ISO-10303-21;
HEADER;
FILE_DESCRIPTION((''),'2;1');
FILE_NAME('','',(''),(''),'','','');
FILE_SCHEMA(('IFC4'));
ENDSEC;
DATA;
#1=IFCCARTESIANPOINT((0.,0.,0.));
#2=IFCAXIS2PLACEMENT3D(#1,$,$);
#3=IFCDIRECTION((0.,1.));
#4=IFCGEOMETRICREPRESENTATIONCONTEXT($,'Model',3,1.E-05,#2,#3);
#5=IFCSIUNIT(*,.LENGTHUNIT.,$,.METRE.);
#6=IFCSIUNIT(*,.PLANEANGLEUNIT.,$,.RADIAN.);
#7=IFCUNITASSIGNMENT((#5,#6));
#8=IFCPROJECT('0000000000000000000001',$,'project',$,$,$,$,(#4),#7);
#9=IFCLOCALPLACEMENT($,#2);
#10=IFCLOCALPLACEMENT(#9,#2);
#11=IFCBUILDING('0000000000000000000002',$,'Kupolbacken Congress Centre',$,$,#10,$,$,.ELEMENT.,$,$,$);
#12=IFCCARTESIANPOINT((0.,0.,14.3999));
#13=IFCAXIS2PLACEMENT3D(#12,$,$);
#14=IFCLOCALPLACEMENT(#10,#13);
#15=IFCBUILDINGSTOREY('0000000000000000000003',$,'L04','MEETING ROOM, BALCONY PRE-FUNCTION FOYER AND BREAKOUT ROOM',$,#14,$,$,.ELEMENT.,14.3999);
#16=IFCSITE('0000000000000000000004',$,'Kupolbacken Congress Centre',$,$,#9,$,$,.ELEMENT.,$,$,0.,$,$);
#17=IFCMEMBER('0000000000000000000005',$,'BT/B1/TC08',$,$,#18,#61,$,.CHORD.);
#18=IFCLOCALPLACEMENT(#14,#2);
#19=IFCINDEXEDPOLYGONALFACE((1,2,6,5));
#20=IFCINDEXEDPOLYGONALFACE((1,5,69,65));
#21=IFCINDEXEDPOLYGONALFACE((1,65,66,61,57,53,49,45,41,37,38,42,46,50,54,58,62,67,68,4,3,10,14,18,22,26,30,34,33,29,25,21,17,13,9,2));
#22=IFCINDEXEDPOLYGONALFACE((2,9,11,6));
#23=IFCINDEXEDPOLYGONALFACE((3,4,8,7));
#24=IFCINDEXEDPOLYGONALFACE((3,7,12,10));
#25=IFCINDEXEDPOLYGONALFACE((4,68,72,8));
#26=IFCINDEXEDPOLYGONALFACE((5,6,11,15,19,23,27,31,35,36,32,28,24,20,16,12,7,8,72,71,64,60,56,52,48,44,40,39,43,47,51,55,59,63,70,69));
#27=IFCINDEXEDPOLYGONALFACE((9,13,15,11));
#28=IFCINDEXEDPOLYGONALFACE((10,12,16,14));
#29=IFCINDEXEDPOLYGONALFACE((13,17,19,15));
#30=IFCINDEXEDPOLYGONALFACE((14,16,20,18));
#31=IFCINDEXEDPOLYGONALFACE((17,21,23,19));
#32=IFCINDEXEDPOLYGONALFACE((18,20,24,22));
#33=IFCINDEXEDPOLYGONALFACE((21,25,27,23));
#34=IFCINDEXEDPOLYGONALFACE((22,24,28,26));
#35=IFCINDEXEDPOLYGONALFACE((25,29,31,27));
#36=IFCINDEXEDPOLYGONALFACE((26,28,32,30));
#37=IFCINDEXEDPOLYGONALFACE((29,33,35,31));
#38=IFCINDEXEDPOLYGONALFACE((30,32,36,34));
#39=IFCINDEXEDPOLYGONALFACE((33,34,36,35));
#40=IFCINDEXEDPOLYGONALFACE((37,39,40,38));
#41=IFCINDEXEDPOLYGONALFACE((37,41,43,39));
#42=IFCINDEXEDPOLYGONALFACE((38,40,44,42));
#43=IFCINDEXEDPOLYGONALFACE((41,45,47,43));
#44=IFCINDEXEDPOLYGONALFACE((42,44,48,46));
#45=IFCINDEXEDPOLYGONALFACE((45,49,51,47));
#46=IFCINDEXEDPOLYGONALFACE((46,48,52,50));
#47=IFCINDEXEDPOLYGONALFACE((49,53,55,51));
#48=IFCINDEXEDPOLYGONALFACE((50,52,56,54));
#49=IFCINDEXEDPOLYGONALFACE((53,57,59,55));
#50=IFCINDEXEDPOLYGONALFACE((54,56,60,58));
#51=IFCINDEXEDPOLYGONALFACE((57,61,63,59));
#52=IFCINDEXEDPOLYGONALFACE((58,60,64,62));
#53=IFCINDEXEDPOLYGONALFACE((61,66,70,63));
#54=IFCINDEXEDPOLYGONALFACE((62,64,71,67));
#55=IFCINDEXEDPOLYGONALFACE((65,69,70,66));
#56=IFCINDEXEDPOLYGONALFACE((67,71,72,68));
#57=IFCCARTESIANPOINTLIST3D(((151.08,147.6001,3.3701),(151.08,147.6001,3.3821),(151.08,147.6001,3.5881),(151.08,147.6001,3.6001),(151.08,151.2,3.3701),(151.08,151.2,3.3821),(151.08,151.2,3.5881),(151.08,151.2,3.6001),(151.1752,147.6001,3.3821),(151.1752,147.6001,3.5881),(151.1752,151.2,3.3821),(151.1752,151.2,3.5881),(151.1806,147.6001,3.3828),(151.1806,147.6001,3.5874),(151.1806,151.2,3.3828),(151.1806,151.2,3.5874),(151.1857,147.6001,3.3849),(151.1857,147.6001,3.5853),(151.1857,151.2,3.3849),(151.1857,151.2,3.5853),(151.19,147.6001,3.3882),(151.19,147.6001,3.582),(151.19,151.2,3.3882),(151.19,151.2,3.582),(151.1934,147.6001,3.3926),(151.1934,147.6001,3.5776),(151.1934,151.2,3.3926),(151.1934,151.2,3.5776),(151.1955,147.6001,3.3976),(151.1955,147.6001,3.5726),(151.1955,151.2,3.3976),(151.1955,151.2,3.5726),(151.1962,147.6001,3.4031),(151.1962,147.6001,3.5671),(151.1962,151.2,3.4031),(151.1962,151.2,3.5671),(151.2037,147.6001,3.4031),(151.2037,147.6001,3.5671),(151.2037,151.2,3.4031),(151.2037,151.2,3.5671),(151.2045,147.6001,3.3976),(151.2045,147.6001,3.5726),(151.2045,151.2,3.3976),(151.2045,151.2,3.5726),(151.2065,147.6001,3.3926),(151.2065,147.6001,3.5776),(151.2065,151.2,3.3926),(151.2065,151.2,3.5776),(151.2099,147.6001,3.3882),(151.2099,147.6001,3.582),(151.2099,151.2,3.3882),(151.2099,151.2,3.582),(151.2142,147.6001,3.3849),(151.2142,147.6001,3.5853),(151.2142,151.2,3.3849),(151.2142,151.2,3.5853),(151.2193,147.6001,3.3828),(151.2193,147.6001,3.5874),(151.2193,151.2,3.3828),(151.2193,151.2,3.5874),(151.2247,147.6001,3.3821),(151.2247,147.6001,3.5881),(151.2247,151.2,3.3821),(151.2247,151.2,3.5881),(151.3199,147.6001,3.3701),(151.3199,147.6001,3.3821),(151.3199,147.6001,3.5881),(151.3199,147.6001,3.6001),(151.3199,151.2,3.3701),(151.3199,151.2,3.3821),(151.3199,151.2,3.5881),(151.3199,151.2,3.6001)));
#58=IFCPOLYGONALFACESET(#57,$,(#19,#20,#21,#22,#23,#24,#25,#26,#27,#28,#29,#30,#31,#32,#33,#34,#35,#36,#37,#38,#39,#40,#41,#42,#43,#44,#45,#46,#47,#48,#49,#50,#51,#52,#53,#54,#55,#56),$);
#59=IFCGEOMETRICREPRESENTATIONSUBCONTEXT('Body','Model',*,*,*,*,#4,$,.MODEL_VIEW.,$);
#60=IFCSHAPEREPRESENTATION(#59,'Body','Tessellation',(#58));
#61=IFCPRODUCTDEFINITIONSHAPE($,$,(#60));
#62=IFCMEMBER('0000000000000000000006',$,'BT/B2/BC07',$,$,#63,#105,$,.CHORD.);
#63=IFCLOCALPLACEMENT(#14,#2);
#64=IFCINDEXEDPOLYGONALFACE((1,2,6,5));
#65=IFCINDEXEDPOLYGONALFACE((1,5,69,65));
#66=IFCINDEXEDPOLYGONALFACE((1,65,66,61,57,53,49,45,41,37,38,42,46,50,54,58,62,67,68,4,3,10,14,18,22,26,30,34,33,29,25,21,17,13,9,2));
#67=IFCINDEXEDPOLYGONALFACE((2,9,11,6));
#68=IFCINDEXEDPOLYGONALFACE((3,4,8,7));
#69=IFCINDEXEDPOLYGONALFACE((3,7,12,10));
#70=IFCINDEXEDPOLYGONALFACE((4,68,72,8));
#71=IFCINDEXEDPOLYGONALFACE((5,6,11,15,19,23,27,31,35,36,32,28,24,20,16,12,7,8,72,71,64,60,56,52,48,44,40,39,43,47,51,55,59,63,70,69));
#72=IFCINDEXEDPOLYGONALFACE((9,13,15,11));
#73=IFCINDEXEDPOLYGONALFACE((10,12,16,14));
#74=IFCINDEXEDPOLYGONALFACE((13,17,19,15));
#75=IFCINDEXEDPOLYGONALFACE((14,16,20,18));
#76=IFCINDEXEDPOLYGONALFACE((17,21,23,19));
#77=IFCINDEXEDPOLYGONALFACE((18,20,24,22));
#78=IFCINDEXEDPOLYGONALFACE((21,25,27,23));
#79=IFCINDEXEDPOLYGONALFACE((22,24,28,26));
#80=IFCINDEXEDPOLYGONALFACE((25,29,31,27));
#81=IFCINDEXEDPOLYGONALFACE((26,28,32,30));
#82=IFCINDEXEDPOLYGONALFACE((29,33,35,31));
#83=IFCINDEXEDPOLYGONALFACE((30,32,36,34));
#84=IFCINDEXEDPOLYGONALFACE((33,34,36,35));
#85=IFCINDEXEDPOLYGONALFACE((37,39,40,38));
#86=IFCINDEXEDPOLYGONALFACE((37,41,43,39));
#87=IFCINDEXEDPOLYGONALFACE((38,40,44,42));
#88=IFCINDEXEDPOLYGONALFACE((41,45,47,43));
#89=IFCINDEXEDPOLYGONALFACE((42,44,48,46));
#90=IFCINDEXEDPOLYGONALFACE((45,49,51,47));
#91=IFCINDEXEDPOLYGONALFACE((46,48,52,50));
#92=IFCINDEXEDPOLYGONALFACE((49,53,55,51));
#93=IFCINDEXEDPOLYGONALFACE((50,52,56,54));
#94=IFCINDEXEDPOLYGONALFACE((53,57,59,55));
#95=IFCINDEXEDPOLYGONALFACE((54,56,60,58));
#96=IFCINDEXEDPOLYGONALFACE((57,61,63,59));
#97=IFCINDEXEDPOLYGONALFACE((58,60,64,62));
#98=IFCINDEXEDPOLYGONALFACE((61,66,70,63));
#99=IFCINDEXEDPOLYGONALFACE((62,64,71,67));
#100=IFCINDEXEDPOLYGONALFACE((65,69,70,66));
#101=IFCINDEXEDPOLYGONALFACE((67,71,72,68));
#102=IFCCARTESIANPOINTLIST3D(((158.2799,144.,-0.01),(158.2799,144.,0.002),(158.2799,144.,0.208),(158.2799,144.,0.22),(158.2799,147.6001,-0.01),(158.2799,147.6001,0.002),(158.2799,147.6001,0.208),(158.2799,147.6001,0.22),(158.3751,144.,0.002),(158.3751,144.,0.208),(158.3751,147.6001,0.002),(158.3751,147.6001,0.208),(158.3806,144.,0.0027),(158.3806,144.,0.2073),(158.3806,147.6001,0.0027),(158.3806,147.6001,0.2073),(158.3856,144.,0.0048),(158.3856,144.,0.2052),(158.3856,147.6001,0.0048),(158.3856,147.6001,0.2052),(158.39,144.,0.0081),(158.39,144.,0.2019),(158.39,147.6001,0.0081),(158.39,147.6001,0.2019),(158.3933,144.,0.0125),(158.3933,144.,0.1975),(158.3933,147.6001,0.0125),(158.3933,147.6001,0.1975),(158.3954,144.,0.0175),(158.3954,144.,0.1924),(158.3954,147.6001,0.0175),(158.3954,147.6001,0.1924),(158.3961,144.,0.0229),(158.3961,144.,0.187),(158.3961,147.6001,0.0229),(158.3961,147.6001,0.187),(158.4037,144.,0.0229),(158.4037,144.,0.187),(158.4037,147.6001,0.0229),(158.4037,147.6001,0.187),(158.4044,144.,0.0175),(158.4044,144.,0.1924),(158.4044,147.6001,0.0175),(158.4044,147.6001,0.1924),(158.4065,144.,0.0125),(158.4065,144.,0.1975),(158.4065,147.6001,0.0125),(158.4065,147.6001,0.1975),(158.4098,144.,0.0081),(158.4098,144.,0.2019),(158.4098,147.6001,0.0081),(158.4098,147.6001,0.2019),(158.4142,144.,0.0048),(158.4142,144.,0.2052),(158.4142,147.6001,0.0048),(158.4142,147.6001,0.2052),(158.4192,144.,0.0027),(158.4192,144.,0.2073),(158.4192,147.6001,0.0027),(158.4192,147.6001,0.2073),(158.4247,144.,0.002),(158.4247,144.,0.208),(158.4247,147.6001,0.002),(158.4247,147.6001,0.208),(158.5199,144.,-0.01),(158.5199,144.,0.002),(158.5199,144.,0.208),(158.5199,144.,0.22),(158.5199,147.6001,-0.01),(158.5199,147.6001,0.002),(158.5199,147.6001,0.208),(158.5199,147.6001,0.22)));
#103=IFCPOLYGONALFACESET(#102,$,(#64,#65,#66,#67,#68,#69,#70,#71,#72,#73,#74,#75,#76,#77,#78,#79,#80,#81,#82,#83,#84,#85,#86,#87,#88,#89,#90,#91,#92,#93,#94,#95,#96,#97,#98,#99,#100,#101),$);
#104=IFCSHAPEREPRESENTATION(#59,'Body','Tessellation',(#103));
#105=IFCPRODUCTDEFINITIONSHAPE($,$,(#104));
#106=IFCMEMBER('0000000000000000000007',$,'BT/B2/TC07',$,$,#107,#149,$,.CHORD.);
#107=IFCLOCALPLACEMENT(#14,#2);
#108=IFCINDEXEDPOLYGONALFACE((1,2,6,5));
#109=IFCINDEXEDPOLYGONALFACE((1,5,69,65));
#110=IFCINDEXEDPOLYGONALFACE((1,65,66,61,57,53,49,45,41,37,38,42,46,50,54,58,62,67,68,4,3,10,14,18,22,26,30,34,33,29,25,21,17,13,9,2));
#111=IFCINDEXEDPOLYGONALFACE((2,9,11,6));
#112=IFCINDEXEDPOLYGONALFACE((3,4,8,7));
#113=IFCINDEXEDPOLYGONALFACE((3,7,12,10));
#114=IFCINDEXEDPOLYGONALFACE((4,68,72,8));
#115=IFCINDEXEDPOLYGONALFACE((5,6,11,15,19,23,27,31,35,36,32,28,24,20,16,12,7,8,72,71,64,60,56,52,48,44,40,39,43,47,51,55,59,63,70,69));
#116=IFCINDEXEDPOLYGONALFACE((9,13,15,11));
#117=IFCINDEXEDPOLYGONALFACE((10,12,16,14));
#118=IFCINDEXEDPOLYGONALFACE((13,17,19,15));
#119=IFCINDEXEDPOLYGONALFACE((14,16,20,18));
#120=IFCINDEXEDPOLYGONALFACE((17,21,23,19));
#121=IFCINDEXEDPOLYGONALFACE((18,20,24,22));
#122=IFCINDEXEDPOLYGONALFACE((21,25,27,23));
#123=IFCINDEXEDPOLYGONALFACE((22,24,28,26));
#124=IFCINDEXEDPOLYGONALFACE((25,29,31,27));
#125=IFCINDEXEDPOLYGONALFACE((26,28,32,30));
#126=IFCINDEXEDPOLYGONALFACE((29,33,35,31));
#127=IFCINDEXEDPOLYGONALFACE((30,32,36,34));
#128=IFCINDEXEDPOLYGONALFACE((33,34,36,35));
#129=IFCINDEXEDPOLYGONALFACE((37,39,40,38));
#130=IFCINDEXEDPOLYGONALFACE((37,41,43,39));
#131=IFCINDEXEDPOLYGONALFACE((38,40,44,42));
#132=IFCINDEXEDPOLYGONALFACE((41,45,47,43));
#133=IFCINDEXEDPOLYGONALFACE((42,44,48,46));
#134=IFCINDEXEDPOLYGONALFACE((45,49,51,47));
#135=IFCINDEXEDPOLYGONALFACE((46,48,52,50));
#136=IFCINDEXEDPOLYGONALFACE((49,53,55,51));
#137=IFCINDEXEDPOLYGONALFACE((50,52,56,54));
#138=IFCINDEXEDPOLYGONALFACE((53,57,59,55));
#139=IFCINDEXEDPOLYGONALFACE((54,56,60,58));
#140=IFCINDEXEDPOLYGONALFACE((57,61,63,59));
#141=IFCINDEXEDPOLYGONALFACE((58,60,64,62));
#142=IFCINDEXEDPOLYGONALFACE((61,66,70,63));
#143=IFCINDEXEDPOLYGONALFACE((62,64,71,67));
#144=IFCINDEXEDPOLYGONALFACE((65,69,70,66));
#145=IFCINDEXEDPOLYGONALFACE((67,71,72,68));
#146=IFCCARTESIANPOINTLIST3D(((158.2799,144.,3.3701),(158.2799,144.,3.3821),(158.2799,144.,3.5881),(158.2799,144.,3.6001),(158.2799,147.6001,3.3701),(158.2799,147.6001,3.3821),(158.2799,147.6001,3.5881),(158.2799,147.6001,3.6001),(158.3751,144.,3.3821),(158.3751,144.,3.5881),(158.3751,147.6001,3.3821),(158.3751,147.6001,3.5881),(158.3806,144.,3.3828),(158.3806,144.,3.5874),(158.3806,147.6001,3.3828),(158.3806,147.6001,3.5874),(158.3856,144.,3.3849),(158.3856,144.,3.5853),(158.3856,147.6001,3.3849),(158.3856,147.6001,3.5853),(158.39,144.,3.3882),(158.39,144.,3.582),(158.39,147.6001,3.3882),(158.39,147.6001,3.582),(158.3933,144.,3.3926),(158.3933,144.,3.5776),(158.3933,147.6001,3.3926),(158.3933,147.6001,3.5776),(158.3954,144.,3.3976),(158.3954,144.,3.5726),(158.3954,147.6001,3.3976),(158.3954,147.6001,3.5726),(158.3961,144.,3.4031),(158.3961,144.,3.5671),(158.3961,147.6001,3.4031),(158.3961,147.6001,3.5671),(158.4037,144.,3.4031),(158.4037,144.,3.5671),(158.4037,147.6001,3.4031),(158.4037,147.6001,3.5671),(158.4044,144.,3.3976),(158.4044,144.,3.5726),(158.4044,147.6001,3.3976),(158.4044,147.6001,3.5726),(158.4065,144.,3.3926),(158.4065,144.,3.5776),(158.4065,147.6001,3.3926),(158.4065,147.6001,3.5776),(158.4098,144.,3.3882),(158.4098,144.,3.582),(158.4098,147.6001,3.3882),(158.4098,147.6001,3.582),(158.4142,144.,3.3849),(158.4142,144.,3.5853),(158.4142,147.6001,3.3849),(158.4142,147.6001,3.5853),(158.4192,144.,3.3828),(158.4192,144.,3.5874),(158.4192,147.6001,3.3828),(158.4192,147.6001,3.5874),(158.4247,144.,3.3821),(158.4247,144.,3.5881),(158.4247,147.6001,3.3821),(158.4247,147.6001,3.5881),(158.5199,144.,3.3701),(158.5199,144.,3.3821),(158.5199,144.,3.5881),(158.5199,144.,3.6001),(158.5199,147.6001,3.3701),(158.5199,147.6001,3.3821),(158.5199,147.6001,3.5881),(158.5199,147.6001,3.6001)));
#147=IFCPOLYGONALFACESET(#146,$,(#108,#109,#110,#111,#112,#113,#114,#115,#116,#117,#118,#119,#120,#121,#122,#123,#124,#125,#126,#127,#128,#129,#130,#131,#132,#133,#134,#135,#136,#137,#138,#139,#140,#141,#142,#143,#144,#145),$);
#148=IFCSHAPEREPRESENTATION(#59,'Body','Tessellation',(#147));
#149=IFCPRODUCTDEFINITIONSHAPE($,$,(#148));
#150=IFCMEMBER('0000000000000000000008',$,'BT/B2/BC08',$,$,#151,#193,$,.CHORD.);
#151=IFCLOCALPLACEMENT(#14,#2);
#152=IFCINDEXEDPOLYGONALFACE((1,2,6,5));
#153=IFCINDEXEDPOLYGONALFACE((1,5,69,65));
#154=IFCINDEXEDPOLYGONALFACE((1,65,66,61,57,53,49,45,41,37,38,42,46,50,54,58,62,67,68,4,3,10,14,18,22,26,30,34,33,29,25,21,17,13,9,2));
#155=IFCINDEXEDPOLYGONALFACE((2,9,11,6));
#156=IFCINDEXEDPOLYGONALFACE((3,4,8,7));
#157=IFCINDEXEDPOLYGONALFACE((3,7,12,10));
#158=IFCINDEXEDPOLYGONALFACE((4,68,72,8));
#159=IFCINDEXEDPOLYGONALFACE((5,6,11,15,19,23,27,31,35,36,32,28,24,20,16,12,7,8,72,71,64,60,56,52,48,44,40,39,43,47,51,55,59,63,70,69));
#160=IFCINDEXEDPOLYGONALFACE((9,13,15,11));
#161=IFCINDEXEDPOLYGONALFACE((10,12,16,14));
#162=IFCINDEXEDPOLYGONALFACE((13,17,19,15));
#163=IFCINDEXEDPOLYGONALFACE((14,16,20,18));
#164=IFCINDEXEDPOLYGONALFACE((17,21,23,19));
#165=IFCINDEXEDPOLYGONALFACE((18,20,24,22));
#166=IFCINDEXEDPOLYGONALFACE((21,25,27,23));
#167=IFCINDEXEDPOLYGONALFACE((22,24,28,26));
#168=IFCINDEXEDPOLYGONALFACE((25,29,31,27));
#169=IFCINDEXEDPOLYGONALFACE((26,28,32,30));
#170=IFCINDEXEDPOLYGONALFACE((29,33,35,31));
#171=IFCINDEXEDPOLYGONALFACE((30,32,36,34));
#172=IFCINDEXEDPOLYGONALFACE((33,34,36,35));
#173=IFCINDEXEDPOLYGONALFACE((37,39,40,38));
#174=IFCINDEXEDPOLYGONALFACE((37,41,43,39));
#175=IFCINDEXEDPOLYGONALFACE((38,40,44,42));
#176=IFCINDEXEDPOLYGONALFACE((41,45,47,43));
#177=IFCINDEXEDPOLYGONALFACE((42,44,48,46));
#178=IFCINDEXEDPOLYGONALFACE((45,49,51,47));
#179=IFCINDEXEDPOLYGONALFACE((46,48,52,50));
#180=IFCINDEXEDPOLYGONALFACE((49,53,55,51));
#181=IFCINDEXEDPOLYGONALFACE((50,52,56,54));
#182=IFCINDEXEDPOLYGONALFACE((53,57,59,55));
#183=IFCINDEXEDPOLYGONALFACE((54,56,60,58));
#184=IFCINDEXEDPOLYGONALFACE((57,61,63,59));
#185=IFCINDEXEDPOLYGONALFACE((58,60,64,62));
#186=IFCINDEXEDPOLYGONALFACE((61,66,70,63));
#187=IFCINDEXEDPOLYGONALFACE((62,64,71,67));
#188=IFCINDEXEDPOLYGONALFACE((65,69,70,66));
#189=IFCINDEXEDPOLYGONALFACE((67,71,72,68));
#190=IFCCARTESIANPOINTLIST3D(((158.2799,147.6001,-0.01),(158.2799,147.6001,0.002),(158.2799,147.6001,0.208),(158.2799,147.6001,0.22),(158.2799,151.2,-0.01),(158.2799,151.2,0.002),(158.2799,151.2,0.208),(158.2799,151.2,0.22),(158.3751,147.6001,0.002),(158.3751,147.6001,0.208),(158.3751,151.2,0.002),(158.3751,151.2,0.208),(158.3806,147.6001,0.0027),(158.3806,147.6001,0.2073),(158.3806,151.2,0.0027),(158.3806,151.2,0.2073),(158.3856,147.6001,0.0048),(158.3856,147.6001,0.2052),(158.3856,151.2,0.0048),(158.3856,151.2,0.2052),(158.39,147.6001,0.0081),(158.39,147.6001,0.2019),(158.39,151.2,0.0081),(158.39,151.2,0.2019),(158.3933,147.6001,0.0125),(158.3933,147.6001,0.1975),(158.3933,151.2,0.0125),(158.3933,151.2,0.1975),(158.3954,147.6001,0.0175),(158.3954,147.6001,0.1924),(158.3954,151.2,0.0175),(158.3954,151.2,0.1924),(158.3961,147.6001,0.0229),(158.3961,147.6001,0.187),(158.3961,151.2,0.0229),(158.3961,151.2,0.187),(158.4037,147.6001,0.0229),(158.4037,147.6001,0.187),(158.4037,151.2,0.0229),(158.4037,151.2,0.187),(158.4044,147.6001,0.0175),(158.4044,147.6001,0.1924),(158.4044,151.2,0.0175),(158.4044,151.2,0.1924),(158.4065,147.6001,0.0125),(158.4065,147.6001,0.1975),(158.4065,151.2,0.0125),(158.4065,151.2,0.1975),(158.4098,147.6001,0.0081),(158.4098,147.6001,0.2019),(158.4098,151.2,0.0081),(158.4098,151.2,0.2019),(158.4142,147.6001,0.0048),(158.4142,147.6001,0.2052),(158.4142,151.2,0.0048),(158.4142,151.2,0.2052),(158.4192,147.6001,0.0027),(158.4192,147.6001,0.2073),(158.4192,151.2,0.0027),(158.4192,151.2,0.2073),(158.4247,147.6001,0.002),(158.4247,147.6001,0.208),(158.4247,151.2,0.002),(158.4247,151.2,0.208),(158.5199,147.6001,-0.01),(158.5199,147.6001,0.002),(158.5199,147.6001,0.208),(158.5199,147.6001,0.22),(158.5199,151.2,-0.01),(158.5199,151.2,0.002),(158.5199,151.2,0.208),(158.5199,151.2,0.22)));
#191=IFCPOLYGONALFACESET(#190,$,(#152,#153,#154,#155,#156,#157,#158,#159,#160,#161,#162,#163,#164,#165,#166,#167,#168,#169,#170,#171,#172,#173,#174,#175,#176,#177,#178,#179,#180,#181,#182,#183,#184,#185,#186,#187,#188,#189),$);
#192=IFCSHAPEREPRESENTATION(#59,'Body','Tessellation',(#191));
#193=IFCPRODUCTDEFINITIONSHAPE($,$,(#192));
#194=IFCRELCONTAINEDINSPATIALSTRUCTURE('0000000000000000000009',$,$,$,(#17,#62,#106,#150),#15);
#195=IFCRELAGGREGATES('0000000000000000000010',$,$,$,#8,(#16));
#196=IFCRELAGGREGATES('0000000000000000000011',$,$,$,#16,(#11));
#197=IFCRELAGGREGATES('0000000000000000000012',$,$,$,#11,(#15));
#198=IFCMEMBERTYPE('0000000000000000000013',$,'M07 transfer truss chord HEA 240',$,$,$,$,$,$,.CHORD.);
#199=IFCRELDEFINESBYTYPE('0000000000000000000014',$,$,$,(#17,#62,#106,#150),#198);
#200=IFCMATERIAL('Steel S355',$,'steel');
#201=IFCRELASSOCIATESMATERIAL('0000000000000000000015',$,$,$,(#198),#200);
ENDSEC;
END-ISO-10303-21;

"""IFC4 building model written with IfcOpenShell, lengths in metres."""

from ifc_helpers import new_model, si_unit, direction, frame, origin, origin_2d, place, context, subcontext, project, spatial, i_section, extrude, material, material_profile, profile_set, type_object, element, save


model = new_model("IFC4")

# Units and contexts
model_context = context("Model", 3, precision=1e-05, world=origin(), true_north=direction((0.0, 1.0)))
body_context = subcontext(model_context, "Body", "Model", "MODEL_VIEW")
ifc_project = project(units=[si_unit("LENGTHUNIT", "METRE"), si_unit("PLANEANGLEUNIT", "RADIAN")], contexts=[model_context])

# Site, building, storey
site_placement = place(None, origin())
site = spatial("IfcSite", under=ifc_project, at=site_placement, Name="Kupolbacken Congress Centre", CompositionType="ELEMENT", RefElevation=0.0)
building_placement = place(site_placement, origin())
building = spatial("IfcBuilding", under=site, at=building_placement, Name="Kupolbacken Congress Centre", CompositionType="ELEMENT")
storey_placement = place(building_placement, frame((0.0, 0.0, 14.3999)))
storey = spatial("IfcBuildingStorey", under=building, at=storey_placement, Name="L04", Description="MEETING ROOM, BALCONY PRE-FUNCTION FOYER AND BREAKOUT ROOM", CompositionType="ELEMENT", Elevation=14.3999)

# Members
ifc_material_1 = material(Name="Steel S355", Category="steel")
ifc_material_profile_1 = material_profile(ifc_material_1, i_section(OverallWidth=0.24, OverallDepth=0.23, WebThickness=0.0076, FlangeThickness=0.012, FilletRadius=0.021, at=origin_2d()), Name="HEA 240")
ifc_profile_set_1 = profile_set([ifc_material_profile_1], Name="Steel S355")
member_type_1 = type_object("IfcMemberType", Name="M07 transfer truss chord HEA 240", PredefinedType="CHORD", material=ifc_profile_set_1)
for number, where, z_axis, x_axis, name in (
    (1, (151.2, 147.6001, 3.4851), (0.0, 1.0, 0.0), (-1.0, 0.0, 0.0), "BT/B1/TC08"),
):
    element("IfcMember", number, at=place(storey_placement, frame(where, z_axis=z_axis, x_axis=x_axis)), inside=storey, type_object=member_type_1, Name=name, PredefinedType="CHORD", context=body_context, shape_type="SweptSolid", body=[
        extrude(i_section(OverallWidth=0.24, OverallDepth=0.23, WebThickness=0.0076, FlangeThickness=0.012, FilletRadius=0.021, at=origin_2d()), origin(), (0.0, 0.0, 1.0), 3.5999),
    ])
for number, where, z_axis, x_axis, name in (
    (2, (158.3999, 144.0, 0.105), (0.0, 1.0, 0.0), (-1.0, 0.0, 0.0), "BT/B2/BC07"),
    (3, (158.3999, 144.0, 3.4851), (0.0, 1.0, 0.0), (-1.0, 0.0, 0.0), "BT/B2/TC07"),
):
    element("IfcMember", number, at=place(storey_placement, frame(where, z_axis=z_axis, x_axis=x_axis)), inside=storey, type_object=member_type_1, Name=name, PredefinedType="CHORD", context=body_context, shape_type="SweptSolid", body=[
        extrude(i_section(OverallWidth=0.24, OverallDepth=0.23, WebThickness=0.0076, FlangeThickness=0.012, FilletRadius=0.021, at=origin_2d()), origin(), (0.0, 0.0, 1.0), 3.6001),
    ])
for number, where, z_axis, x_axis, name in (
    (4, (158.3999, 147.6001, 0.105), (0.0, 1.0, 0.0), (-1.0, 0.0, 0.0), "BT/B2/BC08"),
):
    element("IfcMember", number, at=place(storey_placement, frame(where, z_axis=z_axis, x_axis=x_axis)), inside=storey, type_object=member_type_1, Name=name, PredefinedType="CHORD", context=body_context, shape_type="SweptSolid", body=[
        extrude(i_section(OverallWidth=0.24, OverallDepth=0.23, WebThickness=0.0076, FlangeThickness=0.012, FilletRadius=0.021, at=origin_2d()), origin(), (0.0, 0.0, 1.0), 3.5999),
    ])

save(model, "model.ifc")
